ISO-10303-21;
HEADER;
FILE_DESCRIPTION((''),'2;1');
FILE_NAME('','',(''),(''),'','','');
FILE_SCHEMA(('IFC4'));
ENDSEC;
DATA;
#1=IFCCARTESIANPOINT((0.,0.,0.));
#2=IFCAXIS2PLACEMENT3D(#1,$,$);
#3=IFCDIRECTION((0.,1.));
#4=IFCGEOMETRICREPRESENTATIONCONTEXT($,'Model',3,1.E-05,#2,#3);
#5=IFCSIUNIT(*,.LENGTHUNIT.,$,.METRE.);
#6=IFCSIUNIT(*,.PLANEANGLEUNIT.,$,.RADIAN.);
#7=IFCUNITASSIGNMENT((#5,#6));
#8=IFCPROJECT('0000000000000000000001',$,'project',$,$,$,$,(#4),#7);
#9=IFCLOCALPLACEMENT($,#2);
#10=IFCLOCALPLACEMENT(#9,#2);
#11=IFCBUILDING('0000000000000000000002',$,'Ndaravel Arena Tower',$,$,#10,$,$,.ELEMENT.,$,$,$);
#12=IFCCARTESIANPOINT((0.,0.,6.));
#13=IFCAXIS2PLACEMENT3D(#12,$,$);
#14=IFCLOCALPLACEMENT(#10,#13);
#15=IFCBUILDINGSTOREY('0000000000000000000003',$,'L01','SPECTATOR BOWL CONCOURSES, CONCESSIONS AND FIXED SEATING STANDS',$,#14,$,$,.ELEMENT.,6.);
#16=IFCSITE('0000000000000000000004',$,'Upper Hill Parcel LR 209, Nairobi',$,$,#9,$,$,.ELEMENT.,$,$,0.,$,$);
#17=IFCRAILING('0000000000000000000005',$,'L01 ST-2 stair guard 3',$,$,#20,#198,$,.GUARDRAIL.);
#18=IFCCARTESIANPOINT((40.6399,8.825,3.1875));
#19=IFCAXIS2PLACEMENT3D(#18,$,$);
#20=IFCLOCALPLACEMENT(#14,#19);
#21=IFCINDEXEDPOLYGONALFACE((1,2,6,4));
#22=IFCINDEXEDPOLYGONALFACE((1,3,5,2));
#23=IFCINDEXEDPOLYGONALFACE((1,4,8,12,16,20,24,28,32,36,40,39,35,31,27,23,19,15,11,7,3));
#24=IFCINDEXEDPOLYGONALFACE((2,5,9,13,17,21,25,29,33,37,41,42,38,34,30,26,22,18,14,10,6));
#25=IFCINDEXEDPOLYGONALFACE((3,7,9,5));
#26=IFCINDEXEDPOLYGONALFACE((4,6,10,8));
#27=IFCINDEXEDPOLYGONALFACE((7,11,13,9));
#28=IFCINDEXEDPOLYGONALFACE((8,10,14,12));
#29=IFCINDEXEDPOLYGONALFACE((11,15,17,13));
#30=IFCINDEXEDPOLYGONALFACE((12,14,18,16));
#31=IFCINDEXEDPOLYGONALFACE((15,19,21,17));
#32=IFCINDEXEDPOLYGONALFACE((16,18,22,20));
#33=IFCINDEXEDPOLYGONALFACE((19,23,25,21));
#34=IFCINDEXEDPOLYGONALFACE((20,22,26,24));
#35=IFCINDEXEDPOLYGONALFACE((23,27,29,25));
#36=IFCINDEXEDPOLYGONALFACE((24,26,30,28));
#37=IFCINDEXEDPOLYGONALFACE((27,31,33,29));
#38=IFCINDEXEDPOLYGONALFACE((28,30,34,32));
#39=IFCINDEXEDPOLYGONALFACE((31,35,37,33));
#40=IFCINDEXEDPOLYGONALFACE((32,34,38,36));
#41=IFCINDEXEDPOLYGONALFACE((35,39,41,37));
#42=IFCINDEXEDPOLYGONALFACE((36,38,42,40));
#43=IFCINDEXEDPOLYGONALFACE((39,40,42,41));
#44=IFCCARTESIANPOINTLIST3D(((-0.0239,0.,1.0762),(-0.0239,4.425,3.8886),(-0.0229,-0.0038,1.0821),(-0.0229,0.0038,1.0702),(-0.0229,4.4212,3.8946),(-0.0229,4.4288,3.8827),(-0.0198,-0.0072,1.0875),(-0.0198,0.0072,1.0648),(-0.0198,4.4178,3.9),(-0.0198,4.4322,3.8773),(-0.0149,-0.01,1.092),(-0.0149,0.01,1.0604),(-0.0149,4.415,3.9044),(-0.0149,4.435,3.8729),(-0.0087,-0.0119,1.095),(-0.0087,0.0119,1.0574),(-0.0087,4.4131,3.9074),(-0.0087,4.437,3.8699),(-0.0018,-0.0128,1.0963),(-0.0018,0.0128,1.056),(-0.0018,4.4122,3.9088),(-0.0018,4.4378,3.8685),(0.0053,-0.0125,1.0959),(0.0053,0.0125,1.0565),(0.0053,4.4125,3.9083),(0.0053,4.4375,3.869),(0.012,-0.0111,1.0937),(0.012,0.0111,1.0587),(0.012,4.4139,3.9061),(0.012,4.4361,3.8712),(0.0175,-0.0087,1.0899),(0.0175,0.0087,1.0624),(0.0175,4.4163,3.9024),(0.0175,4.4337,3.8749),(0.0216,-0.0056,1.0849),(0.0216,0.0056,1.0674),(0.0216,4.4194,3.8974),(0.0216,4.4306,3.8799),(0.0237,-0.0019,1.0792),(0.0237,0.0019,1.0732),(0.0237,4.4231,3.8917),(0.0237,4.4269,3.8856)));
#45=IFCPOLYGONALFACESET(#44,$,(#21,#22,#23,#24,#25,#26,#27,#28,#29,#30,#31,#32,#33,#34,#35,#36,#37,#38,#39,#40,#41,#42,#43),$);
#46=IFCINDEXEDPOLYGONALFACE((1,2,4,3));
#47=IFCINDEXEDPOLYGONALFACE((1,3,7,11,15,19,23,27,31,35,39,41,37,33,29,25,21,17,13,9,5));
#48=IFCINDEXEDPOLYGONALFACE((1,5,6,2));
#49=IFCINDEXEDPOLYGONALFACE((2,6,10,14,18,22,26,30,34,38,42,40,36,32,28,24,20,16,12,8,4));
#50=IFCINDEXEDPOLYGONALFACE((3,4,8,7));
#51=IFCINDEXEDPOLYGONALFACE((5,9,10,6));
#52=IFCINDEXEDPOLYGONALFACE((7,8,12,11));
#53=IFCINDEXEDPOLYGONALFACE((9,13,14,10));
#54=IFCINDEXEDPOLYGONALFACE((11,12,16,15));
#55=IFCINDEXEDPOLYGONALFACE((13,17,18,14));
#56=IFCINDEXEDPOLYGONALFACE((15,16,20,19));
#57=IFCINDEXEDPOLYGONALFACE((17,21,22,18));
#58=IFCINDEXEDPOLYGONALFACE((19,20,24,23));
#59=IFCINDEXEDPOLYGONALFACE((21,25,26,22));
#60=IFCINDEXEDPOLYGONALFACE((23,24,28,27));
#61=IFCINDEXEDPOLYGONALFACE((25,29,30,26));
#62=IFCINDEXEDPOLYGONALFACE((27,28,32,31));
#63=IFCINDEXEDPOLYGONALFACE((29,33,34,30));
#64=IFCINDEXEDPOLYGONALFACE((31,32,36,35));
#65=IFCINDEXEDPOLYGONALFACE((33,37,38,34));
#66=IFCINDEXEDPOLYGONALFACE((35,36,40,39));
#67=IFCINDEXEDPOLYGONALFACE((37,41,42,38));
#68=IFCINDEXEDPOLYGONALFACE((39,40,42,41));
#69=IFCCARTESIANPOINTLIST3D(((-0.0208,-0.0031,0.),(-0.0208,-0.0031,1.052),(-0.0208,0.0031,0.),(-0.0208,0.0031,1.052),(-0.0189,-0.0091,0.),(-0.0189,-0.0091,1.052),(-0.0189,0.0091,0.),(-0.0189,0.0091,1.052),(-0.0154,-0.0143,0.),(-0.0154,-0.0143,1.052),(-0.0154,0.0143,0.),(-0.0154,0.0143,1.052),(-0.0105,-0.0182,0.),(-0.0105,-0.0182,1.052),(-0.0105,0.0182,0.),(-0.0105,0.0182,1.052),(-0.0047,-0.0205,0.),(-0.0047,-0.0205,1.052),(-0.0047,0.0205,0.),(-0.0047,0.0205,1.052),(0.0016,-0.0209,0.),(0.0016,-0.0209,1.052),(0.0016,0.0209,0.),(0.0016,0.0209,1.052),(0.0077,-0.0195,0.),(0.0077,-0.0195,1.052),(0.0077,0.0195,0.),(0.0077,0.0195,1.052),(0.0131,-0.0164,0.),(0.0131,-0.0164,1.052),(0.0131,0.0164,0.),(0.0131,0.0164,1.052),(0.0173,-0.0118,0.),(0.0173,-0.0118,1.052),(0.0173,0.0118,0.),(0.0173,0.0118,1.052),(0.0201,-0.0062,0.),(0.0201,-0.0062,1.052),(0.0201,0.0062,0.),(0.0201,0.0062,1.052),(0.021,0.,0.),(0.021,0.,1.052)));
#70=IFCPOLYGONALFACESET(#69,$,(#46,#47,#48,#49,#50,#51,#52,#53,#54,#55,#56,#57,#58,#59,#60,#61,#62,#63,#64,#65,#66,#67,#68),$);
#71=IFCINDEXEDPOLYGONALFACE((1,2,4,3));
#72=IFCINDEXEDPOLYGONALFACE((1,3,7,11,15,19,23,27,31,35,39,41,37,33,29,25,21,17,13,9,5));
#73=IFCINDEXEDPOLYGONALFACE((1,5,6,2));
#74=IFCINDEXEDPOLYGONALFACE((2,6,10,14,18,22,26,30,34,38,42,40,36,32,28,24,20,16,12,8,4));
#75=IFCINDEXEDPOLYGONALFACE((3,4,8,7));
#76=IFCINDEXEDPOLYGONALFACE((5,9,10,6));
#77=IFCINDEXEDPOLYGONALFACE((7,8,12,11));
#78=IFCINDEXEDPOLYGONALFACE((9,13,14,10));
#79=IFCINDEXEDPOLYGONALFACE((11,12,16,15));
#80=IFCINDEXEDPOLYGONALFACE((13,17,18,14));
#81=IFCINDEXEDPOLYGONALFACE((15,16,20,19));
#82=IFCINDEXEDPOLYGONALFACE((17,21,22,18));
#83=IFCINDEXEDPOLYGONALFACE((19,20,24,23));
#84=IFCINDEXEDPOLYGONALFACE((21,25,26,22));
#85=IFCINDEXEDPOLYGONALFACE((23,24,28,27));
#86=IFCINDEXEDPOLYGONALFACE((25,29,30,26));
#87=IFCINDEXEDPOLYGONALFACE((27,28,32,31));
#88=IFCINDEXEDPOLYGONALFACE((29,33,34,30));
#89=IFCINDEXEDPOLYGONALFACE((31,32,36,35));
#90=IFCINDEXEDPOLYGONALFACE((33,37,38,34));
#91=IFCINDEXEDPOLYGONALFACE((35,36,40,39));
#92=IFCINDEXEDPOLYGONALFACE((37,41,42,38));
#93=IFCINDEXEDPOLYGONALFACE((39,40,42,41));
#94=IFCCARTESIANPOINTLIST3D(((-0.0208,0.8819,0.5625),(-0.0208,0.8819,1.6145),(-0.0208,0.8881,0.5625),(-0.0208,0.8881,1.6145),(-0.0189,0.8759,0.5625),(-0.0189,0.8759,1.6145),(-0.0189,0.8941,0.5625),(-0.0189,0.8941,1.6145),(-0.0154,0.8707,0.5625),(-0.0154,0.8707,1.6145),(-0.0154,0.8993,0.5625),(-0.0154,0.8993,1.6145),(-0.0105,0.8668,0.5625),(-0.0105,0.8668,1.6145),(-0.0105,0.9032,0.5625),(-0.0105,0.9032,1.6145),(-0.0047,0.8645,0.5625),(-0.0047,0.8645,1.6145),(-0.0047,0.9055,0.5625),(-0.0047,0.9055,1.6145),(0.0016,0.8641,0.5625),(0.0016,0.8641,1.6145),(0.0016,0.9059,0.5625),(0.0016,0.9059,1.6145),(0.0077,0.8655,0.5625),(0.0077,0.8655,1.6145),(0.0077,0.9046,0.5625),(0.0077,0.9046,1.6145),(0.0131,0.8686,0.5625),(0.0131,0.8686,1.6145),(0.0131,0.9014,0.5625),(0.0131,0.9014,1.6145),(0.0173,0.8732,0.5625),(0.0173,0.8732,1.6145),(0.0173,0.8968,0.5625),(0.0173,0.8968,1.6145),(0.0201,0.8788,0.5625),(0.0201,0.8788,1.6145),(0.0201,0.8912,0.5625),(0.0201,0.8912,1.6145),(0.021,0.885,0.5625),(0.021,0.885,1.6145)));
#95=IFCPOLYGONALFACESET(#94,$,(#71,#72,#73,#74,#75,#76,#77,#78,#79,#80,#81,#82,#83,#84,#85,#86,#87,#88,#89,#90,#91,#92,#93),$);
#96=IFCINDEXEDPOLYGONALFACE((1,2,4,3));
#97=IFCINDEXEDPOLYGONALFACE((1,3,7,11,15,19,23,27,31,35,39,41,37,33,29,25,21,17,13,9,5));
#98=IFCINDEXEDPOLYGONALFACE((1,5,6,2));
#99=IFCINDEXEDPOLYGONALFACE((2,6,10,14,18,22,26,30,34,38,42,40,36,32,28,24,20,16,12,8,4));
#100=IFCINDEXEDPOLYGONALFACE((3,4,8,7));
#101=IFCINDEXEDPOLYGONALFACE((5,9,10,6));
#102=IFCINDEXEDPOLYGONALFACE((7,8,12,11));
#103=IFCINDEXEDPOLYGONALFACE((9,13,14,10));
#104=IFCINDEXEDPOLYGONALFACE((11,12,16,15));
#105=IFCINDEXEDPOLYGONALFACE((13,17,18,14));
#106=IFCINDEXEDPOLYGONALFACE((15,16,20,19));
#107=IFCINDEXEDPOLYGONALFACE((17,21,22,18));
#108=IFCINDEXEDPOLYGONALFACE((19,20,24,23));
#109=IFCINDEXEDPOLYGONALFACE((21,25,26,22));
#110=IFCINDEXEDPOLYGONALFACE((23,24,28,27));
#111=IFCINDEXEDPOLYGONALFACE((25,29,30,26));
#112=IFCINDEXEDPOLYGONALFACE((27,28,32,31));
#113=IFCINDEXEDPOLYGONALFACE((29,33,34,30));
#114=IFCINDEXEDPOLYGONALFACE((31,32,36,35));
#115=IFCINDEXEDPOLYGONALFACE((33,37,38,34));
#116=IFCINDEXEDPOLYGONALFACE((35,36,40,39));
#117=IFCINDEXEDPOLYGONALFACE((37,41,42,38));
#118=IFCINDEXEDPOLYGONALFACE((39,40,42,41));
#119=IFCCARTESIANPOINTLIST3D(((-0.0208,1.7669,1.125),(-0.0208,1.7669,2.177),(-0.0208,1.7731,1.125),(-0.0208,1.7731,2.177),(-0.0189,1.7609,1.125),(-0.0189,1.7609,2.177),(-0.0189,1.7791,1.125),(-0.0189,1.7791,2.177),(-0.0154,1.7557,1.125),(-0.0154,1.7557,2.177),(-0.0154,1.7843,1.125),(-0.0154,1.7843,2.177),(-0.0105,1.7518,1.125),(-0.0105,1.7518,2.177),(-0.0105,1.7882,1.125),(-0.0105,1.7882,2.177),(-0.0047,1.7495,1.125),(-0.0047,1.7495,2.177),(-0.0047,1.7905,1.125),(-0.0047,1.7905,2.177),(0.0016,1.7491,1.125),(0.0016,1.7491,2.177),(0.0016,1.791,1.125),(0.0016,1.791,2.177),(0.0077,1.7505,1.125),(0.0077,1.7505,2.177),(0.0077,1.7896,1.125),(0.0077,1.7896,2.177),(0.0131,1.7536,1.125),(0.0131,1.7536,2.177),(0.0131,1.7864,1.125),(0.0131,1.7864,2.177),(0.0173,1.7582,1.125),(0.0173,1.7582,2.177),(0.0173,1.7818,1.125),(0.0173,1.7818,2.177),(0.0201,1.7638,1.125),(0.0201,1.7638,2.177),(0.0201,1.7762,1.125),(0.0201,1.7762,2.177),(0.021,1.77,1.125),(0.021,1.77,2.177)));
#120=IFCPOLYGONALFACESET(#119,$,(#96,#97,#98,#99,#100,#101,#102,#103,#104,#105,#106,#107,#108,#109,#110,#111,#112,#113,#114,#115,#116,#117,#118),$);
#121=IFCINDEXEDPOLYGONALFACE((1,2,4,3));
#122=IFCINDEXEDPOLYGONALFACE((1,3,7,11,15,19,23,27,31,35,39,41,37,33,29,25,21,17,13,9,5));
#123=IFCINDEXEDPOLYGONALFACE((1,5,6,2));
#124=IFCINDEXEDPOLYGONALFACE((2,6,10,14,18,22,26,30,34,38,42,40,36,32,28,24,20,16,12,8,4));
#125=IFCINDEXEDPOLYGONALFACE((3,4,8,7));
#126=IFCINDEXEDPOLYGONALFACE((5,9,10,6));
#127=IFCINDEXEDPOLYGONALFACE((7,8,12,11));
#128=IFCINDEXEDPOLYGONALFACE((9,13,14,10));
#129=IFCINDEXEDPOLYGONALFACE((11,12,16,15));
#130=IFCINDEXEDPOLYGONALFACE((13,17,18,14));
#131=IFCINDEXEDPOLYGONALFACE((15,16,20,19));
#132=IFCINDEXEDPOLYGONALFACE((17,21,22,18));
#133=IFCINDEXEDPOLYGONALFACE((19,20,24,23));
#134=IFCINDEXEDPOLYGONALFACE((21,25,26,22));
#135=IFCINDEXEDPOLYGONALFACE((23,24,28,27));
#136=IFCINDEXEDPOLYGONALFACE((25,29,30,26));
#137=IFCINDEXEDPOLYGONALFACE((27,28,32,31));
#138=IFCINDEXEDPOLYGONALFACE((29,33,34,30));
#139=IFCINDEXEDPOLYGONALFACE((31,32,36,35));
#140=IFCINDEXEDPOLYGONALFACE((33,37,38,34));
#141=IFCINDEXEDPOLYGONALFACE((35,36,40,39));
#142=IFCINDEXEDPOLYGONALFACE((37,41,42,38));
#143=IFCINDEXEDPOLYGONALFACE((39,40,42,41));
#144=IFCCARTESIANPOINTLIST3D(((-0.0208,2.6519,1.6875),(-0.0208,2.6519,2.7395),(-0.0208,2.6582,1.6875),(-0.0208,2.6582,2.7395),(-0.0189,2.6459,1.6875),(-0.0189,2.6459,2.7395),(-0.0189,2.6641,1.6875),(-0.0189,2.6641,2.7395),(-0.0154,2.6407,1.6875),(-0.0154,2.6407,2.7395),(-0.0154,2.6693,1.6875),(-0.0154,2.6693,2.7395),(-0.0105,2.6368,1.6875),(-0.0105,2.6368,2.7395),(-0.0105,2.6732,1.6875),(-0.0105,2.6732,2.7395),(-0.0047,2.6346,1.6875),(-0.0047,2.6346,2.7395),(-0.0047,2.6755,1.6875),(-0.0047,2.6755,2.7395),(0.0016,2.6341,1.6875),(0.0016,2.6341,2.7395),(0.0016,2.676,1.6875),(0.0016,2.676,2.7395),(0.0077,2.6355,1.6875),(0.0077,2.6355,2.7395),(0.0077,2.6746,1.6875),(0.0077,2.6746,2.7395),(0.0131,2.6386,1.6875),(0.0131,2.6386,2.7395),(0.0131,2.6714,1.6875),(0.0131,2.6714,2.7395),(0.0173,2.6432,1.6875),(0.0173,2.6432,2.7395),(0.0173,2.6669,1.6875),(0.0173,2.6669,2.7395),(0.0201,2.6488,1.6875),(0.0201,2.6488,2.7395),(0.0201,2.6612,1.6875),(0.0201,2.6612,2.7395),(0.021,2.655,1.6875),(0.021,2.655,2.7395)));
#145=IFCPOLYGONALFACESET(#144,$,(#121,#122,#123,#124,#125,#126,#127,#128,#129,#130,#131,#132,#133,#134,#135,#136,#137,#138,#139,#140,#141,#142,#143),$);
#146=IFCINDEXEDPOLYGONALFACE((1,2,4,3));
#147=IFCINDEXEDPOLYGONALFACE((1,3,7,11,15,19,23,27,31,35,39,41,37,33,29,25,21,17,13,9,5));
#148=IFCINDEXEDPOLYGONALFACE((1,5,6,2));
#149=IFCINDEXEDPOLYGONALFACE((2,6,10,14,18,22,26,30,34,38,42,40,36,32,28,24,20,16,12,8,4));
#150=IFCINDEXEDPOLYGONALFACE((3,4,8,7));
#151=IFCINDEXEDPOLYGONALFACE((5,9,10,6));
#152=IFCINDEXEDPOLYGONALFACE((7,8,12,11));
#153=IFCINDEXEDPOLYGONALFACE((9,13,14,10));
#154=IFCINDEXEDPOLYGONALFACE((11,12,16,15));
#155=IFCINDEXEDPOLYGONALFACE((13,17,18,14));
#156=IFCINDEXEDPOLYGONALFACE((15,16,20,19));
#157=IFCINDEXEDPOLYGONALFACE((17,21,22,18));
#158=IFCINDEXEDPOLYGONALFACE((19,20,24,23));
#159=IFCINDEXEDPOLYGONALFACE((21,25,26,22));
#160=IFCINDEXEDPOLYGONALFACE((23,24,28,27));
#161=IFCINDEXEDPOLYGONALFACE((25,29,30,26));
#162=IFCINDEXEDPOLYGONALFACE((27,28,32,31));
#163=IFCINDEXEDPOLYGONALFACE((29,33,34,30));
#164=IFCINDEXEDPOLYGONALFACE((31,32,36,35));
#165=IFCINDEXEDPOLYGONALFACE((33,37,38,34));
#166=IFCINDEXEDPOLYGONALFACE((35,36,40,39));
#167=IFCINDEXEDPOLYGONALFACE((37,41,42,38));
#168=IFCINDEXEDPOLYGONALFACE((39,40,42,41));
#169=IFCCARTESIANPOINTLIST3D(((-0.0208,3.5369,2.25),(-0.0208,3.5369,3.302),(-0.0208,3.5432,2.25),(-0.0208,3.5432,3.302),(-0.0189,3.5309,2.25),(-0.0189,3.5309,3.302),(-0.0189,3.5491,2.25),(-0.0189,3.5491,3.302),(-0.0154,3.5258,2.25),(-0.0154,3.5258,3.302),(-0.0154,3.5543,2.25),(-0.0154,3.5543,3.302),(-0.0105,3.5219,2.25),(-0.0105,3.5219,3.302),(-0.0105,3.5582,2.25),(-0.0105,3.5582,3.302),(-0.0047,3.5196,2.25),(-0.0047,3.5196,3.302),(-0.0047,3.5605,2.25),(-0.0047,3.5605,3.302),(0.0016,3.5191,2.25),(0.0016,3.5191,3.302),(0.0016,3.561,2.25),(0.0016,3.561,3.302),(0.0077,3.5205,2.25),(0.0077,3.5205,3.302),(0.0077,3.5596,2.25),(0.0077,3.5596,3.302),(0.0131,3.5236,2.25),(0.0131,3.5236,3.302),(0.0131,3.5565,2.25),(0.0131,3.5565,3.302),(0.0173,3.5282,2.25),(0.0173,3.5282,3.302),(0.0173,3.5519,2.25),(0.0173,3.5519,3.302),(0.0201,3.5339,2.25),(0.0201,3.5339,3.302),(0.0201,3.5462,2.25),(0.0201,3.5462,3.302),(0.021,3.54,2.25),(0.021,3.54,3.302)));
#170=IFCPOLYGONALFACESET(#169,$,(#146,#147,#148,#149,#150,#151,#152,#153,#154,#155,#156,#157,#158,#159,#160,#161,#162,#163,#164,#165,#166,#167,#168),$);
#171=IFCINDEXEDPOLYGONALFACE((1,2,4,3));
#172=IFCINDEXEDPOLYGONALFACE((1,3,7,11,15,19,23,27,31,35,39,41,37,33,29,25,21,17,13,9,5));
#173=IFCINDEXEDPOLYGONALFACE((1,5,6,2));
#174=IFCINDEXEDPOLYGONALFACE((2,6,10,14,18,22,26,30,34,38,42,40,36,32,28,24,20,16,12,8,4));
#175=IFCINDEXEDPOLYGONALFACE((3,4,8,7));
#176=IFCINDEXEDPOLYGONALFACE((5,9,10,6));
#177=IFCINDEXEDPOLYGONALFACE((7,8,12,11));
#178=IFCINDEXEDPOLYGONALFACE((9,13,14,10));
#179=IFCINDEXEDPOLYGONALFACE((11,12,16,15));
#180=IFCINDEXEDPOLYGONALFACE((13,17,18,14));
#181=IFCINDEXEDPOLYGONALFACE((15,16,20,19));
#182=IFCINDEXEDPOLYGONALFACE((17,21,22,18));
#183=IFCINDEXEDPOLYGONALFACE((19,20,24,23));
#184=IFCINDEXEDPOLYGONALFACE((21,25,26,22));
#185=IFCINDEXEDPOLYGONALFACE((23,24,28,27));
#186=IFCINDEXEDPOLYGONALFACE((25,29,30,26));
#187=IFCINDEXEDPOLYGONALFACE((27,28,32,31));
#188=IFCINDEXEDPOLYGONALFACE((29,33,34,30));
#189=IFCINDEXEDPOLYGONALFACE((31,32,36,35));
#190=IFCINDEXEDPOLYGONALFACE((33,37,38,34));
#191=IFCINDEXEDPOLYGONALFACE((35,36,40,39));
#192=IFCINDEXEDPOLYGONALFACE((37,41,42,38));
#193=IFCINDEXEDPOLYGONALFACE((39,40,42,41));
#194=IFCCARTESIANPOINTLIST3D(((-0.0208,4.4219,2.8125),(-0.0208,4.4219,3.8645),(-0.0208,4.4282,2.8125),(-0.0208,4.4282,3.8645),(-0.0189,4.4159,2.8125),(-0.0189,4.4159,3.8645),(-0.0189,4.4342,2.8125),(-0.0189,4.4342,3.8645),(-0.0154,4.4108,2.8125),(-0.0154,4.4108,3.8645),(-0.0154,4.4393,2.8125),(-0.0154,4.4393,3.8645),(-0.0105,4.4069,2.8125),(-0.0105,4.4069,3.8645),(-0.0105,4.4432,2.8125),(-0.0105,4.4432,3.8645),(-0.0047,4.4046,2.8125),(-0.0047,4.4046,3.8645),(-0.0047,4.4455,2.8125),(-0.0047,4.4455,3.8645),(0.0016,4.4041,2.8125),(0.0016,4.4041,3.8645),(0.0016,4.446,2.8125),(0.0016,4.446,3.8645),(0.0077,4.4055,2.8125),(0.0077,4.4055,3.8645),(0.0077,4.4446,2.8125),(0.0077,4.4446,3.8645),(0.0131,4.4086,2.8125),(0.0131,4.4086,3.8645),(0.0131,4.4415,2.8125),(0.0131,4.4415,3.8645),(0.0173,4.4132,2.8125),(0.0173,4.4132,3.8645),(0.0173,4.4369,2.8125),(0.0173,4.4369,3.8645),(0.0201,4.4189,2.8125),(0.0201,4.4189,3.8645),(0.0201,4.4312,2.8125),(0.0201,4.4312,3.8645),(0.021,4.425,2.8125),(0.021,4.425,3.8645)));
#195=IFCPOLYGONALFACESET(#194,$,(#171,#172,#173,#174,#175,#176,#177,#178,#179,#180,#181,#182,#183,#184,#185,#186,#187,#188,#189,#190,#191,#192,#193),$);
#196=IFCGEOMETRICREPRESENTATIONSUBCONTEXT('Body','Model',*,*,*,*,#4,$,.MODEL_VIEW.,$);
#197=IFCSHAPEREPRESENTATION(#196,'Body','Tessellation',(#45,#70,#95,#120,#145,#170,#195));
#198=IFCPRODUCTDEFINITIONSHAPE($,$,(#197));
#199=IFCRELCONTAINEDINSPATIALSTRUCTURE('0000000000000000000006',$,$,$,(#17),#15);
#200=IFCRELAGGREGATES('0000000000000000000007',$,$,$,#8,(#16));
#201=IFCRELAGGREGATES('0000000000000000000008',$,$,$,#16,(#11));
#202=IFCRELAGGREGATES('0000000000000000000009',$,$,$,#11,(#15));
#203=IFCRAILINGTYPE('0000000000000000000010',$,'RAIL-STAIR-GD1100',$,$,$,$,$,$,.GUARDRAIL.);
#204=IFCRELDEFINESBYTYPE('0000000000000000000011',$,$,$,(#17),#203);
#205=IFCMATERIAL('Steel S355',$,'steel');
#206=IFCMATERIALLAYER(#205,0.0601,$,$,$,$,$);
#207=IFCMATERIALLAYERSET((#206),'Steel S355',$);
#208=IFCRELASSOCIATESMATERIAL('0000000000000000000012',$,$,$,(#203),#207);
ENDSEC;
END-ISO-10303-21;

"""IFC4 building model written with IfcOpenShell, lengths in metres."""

from ifc_helpers import new_model, si_unit, direction, frame, origin, origin_2d, place, context, subcontext, project, spatial, circle, extrude, material, layer, layer_set, type_object, element, save


model = new_model("IFC4")

# Units and contexts
model_context = context("Model", 3, precision=1e-05, world=origin(), true_north=direction((0.0, 1.0)))
body_context = subcontext(model_context, "Body", "Model", "MODEL_VIEW")
ifc_project = project(units=[si_unit("LENGTHUNIT", "METRE"), si_unit("PLANEANGLEUNIT", "RADIAN")], contexts=[model_context])

# Site, building, storey
site_placement = place(None, origin())
site = spatial("IfcSite", under=ifc_project, at=site_placement, Name="Upper Hill Parcel LR 209, Nairobi", CompositionType="ELEMENT", RefElevation=0.0)
building_placement = place(site_placement, origin())
building = spatial("IfcBuilding", under=site, at=building_placement, Name="Ndaravel Arena Tower", CompositionType="ELEMENT")
storey_placement = place(building_placement, frame((0.0, 0.0, 6.0)))
storey = spatial("IfcBuildingStorey", under=building, at=storey_placement, Name="L01", Description="SPECTATOR BOWL CONCOURSES, CONCESSIONS AND FIXED SEATING STANDS", CompositionType="ELEMENT", Elevation=6.0)

# Railing
ifc_material_1 = material(Name="Steel S355", Category="steel")
ifc_layer_1 = layer(ifc_material_1, 0.0601)
ifc_layer_set_1 = layer_set([ifc_layer_1], Name="Steel S355")
railing_type_1 = type_object("IfcRailingType", Name="RAIL-STAIR-GD1100", PredefinedType="GUARDRAIL", material=ifc_layer_set_1)
railing_1_placement = place(storey_placement, frame((40.6399, 8.825, 3.1875)))
element("IfcRailing", 1, at=railing_1_placement, inside=storey, type_object=railing_type_1, Name="L01 ST-2 stair guard 3", PredefinedType="GUARDRAIL", context=body_context, shape_type="SweptSolid", body=[
    extrude(circle(Radius=0.0239, at=origin_2d()), frame((0.0, 0.0, 1.0762), z_axis=(0.0, 0.843959, 0.536408), x_axis=(-1.0, 0.0, 0.0)), (0.0, 0.0, 1.0), 5.2432),
    extrude(circle(Radius=0.021, at=origin_2d()), origin(), (0.0, 0.0, 1.0), 1.052),
    extrude(circle(Radius=0.021, at=origin_2d()), frame((0.0, 0.885, 0.5625)), (0.0, 0.0, 1.0), 1.052),
    extrude(circle(Radius=0.021, at=origin_2d()), frame((0.0, 1.77, 1.125)), (0.0, 0.0, 1.0), 1.052),
    extrude(circle(Radius=0.021, at=origin_2d()), frame((0.0, 2.655, 1.6875)), (0.0, 0.0, 1.0), 1.052),
    extrude(circle(Radius=0.021, at=origin_2d()), frame((0.0, 3.54, 2.25)), (0.0, 0.0, 1.0), 1.052),
    extrude(circle(Radius=0.021, at=origin_2d()), frame((0.0, 4.425, 2.8125)), (0.0, 0.0, 1.0), 1.052),
])

save(model, "model.ifc")
